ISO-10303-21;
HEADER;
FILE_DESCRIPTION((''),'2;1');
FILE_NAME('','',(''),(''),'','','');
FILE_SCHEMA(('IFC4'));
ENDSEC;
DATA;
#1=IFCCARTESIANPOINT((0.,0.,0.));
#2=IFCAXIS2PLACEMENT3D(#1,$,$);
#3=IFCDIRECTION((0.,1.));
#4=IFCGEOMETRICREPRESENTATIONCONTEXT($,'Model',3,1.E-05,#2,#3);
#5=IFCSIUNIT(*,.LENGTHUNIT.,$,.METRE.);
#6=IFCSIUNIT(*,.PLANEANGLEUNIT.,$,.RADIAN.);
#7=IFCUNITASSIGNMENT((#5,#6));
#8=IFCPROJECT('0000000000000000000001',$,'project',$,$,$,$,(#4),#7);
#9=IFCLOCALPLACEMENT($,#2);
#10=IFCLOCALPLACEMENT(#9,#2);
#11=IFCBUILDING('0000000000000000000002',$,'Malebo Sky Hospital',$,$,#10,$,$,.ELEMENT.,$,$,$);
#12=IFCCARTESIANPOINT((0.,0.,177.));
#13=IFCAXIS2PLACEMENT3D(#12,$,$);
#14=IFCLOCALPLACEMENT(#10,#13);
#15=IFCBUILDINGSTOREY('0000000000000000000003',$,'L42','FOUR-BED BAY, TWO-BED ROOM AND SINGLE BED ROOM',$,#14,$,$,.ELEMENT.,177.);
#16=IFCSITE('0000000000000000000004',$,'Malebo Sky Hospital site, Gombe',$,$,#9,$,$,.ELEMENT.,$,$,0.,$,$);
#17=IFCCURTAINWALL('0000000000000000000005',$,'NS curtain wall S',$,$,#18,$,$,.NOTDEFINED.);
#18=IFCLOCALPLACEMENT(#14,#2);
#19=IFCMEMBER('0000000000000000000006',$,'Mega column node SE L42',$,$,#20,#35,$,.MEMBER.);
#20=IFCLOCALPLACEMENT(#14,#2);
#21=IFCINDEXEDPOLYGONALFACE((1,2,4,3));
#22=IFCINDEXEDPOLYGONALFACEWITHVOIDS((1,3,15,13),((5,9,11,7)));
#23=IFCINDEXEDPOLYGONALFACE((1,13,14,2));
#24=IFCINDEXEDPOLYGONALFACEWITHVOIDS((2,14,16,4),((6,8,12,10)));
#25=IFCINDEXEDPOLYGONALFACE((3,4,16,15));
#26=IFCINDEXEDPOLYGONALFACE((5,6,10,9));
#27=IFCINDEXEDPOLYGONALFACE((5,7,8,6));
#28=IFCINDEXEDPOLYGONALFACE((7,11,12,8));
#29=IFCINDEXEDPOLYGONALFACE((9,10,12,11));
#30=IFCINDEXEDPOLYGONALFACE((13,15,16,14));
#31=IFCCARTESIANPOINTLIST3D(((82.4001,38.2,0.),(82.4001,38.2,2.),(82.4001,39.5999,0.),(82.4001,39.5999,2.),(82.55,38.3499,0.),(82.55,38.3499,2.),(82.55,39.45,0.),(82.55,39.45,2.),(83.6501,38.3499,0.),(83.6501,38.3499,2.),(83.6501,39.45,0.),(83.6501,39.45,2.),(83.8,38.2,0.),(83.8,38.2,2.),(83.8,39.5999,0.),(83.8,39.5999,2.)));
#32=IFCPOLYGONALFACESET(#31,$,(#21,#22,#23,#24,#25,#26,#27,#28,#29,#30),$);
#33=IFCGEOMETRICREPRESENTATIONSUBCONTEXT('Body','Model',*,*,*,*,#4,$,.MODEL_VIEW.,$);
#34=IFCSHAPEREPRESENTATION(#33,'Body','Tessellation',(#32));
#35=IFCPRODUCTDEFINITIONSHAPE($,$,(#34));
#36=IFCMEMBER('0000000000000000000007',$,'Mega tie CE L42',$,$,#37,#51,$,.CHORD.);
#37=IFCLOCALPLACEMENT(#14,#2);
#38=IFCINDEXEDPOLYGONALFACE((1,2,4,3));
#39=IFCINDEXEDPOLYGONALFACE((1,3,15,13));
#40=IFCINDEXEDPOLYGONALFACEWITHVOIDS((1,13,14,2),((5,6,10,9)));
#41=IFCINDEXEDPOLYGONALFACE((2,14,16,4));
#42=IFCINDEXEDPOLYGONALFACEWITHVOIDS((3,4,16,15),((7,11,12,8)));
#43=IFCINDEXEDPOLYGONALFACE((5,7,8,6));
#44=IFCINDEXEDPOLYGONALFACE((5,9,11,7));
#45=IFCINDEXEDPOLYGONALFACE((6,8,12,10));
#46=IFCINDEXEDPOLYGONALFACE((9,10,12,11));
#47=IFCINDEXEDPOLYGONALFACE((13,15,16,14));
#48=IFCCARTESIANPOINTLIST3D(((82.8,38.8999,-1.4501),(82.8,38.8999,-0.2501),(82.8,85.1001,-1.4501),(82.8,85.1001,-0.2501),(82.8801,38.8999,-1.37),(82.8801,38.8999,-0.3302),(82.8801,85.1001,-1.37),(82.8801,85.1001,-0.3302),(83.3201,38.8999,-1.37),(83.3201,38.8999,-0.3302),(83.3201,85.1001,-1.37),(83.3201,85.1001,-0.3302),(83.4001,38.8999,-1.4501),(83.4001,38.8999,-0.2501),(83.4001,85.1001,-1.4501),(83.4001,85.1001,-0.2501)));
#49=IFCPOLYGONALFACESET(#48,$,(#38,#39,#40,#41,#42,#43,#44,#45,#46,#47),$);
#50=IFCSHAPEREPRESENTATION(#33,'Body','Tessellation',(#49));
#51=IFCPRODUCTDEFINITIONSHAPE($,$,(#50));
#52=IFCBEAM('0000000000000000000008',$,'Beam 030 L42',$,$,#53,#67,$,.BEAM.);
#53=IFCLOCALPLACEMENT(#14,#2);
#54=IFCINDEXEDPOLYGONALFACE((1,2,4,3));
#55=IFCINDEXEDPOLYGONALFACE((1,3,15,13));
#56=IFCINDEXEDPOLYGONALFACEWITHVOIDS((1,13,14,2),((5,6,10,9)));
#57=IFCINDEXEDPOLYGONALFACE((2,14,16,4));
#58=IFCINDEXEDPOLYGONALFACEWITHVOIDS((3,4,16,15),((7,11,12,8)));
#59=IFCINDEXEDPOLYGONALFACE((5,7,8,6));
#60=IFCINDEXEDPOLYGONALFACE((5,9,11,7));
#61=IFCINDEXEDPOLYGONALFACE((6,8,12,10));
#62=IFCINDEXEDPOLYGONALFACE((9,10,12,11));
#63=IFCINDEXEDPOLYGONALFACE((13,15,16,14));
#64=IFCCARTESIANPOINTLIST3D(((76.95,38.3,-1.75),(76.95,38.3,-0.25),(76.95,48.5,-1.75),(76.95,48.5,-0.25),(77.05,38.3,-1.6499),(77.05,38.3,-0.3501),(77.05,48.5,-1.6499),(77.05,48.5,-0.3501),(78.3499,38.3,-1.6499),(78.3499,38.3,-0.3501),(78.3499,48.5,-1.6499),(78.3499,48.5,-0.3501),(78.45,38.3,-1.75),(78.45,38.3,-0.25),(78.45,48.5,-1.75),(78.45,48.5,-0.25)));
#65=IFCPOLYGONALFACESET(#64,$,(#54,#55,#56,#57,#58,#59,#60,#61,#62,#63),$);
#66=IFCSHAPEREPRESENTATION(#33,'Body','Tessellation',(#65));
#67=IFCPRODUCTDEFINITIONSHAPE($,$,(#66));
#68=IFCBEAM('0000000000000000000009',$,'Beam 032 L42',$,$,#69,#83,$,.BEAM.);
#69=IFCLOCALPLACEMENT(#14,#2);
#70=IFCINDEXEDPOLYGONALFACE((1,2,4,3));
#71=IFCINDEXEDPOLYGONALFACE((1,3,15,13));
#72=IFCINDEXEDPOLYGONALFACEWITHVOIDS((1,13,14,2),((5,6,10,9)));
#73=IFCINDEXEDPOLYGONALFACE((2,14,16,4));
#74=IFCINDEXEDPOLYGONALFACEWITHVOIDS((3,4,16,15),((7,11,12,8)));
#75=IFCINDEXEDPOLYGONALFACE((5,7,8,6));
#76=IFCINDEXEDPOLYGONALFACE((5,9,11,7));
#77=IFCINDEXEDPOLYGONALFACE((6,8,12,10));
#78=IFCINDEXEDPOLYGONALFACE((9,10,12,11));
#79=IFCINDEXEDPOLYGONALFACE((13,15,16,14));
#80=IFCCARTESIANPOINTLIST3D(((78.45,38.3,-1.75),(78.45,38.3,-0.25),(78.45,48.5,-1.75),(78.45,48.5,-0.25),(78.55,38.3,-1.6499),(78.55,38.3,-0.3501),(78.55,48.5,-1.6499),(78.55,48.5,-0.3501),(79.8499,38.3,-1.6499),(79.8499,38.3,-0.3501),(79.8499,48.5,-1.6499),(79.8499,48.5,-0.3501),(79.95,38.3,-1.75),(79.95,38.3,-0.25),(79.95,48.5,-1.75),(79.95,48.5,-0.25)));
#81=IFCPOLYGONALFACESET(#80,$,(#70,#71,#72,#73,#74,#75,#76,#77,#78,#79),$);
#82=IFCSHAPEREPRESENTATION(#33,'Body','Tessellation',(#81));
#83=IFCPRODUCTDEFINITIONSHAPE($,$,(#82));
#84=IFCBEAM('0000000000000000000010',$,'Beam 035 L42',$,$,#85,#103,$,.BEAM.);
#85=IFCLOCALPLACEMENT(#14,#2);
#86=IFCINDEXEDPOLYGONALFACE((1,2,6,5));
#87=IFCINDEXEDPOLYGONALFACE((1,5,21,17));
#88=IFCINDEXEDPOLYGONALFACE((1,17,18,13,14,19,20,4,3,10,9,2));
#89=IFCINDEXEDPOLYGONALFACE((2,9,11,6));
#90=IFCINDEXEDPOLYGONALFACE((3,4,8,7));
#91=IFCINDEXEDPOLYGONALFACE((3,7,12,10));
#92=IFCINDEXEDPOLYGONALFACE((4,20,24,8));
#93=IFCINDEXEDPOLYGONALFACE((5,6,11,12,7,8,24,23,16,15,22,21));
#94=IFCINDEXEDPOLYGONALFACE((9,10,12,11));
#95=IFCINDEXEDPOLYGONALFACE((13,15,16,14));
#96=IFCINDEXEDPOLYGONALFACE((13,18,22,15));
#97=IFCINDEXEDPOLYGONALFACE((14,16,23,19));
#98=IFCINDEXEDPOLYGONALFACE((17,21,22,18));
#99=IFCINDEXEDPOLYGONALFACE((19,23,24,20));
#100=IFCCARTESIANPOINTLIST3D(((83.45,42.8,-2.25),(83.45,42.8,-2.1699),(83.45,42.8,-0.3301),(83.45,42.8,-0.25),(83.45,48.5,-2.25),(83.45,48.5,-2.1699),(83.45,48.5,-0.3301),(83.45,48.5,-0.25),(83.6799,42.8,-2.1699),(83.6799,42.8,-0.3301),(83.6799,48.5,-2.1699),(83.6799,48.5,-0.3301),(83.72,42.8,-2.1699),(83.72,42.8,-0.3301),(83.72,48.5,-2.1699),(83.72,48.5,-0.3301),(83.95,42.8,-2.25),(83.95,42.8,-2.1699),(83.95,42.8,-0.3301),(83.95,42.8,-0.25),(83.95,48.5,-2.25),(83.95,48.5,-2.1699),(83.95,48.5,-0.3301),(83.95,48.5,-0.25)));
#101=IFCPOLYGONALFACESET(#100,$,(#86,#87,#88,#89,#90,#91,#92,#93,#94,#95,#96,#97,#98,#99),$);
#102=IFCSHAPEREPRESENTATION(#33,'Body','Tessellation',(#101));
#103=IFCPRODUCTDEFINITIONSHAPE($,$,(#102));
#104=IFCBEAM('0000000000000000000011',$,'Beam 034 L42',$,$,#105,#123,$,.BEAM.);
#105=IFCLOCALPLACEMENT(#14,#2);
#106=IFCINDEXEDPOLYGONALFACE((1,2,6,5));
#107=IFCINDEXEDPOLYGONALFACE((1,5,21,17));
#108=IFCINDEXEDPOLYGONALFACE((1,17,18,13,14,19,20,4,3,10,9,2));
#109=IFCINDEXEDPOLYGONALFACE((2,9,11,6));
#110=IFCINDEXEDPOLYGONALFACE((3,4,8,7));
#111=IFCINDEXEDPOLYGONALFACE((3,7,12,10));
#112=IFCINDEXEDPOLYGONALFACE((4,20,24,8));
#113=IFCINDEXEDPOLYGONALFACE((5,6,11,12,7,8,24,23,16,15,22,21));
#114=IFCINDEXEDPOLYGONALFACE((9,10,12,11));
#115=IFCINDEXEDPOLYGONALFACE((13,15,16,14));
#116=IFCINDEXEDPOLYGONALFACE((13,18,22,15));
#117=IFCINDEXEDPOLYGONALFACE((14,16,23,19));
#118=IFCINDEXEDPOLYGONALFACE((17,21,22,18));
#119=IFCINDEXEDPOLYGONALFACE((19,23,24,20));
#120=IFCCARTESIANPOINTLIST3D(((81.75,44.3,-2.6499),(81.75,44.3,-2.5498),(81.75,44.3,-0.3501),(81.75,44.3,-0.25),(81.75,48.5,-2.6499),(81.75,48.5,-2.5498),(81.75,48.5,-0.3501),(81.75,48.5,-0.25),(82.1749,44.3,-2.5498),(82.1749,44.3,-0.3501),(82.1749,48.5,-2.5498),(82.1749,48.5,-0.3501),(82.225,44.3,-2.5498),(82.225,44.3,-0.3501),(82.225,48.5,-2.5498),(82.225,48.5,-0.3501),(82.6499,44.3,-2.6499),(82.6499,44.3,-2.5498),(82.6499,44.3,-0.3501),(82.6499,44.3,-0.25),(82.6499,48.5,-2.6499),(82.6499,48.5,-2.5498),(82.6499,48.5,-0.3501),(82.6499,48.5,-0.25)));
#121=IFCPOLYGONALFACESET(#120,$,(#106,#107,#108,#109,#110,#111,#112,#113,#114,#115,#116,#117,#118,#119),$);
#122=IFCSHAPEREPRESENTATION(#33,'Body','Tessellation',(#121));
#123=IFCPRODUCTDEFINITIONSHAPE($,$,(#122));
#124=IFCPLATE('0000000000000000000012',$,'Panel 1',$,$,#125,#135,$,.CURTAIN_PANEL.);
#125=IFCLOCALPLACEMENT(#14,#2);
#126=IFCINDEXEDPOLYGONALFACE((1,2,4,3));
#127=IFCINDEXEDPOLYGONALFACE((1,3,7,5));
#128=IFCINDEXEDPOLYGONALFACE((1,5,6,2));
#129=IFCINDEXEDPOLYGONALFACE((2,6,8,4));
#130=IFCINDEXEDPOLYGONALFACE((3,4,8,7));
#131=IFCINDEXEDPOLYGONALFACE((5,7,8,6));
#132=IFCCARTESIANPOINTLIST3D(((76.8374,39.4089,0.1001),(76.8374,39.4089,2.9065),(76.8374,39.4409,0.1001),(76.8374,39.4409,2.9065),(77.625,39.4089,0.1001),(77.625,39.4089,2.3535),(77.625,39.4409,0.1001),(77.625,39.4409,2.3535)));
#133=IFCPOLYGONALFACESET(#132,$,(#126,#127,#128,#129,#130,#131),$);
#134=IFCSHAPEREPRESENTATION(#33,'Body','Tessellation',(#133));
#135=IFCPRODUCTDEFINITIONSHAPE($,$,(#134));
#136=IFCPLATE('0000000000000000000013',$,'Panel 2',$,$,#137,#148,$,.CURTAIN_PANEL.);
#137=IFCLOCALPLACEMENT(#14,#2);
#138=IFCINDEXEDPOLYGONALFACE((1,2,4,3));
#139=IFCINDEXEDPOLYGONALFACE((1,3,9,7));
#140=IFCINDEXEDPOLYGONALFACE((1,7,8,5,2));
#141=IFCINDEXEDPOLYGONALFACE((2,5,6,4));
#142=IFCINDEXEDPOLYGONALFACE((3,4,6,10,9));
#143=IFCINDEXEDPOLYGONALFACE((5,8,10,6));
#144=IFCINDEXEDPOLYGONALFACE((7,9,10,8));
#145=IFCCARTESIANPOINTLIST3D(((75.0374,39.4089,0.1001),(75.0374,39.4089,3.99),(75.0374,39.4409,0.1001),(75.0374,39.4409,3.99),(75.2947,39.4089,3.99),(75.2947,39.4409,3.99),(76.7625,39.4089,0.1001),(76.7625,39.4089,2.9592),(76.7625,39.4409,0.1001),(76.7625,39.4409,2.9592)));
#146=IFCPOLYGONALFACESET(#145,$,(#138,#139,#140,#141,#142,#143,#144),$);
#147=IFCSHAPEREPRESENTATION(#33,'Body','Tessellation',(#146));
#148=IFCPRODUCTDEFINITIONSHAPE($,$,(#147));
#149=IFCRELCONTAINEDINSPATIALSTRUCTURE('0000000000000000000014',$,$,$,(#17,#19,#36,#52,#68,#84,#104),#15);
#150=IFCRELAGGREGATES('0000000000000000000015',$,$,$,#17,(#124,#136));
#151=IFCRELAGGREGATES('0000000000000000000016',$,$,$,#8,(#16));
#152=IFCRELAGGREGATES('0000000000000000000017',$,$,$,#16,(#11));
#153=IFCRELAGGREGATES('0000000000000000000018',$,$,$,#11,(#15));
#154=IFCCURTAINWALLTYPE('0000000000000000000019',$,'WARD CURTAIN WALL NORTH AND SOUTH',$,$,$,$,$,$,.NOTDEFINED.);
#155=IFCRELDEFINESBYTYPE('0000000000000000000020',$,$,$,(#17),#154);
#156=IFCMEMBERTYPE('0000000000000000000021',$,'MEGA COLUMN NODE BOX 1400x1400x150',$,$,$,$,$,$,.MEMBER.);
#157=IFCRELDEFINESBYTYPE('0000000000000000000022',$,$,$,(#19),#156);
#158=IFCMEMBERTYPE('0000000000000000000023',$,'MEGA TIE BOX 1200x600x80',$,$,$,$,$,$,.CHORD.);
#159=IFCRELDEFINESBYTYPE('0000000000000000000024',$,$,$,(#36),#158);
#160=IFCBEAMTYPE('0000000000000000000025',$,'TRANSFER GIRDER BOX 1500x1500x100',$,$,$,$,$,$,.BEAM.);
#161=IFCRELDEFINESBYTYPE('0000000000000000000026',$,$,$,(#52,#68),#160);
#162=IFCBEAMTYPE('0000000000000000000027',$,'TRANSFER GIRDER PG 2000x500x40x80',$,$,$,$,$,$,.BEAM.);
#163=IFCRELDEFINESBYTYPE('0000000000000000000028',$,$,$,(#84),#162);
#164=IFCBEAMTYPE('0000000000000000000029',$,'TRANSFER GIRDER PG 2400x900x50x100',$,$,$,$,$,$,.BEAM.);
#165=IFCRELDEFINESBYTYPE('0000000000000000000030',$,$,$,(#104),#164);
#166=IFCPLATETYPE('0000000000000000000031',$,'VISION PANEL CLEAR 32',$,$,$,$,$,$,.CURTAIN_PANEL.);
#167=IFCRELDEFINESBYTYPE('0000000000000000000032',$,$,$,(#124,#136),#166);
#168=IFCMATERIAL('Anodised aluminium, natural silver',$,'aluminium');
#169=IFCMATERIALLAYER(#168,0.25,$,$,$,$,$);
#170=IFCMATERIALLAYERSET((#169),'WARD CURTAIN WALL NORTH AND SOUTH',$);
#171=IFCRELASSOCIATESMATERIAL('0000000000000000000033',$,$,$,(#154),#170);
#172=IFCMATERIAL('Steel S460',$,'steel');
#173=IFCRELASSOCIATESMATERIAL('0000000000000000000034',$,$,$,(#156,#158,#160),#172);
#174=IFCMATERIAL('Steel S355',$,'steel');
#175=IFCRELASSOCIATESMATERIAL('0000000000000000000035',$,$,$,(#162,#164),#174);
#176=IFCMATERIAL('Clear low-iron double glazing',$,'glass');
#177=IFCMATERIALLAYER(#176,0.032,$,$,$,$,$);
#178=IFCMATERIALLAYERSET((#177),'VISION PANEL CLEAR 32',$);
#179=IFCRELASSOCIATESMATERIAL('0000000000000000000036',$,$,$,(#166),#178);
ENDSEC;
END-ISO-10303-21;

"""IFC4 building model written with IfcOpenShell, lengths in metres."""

from ifc_helpers import new_model, si_unit, direction, frame, origin, origin_2d, place, context, subcontext, project, spatial, polyline, hollow_rectangle, i_section, outline, extrude, material, layer, layer_set, material_profile, profile_set, type_object, element, aggregate, save


model = new_model("IFC4")

# Units and contexts
model_context = context("Model", 3, precision=1e-05, world=origin(), true_north=direction((0.0, 1.0)))
body_context = subcontext(model_context, "Body", "Model", "MODEL_VIEW")
ifc_project = project(units=[si_unit("LENGTHUNIT", "METRE"), si_unit("PLANEANGLEUNIT", "RADIAN")], contexts=[model_context])

# Site, building, storey
site_placement = place(None, origin())
site = spatial("IfcSite", under=ifc_project, at=site_placement, Name="Malebo Sky Hospital site, Gombe", CompositionType="ELEMENT", RefElevation=0.0)
building_placement = place(site_placement, origin())
building = spatial("IfcBuilding", under=site, at=building_placement, Name="Malebo Sky Hospital", CompositionType="ELEMENT")
storey_placement = place(building_placement, frame((0.0, 0.0, 177.0)))
storey = spatial("IfcBuildingStorey", under=building, at=storey_placement, Name="L42", Description="FOUR-BED BAY, TWO-BED ROOM AND SINGLE BED ROOM", CompositionType="ELEMENT", Elevation=177.0)

# Shared definitions
ifc_material_1 = material(Name="Steel S460", Category="steel")

# Curtain wall
ifc_material_2 = material(Name="Anodised aluminium, natural silver", Category="aluminium")
ifc_layer_1 = layer(ifc_material_2, 0.25)
ifc_layer_set_1 = layer_set([ifc_layer_1], Name="WARD CURTAIN WALL NORTH AND SOUTH")
curtain_wall_type_1 = type_object("IfcCurtainWallType", Name="WARD CURTAIN WALL NORTH AND SOUTH", PredefinedType="NOTDEFINED", material=ifc_layer_set_1)
curtain_wall_1_placement = place(storey_placement, origin())
curtain_wall_1 = element("IfcCurtainWall", 1, at=curtain_wall_1_placement, inside=storey, type_object=curtain_wall_type_1, Name="NS curtain wall S", PredefinedType="NOTDEFINED")

# Members
ifc_material_profile_1 = material_profile(ifc_material_1, hollow_rectangle(XDim=1.3999, YDim=1.3999, WallThickness=0.1499, at=origin_2d()), Name="BOX 1400x1400x150")
ifc_profile_set_1 = profile_set([ifc_material_profile_1], Name="Steel S460")
member_type_1 = type_object("IfcMemberType", Name="MEGA COLUMN NODE BOX 1400x1400x150", PredefinedType="MEMBER", material=ifc_profile_set_1)
member_1_placement = place(storey_placement, frame((83.1001, 38.8999, 0.0), z_axis=(0.0, 0.0, 1.0), x_axis=(1.0, 0.0, 0.0)))
element("IfcMember", 2, at=member_1_placement, inside=storey, type_object=member_type_1, Name="Mega column node SE L42", PredefinedType="MEMBER", context=body_context, shape_type="SweptSolid", body=[
    extrude(hollow_rectangle(XDim=1.3999, YDim=1.3999, WallThickness=0.1499, at=origin_2d()), origin(), (0.0, 0.0, 1.0), 2.0),
])
ifc_material_profile_2 = material_profile(ifc_material_1, hollow_rectangle(XDim=0.6001, YDim=1.2, WallThickness=0.0801, at=origin_2d()), Name="BOX 1200x600x80")
ifc_profile_set_2 = profile_set([ifc_material_profile_2], Name="Steel S460")
member_type_2 = type_object("IfcMemberType", Name="MEGA TIE BOX 1200x600x80", PredefinedType="CHORD", material=ifc_profile_set_2)
member_2_placement = place(storey_placement, frame((83.1001, 38.8999, -0.8501), z_axis=(0.0, 1.0, 0.0), x_axis=(-1.0, 0.0, 0.0)))
element("IfcMember", 3, at=member_2_placement, inside=storey, type_object=member_type_2, Name="Mega tie CE L42", PredefinedType="CHORD", context=body_context, shape_type="SweptSolid", body=[
    extrude(hollow_rectangle(XDim=0.6001, YDim=1.2, WallThickness=0.0801, at=origin_2d()), origin(), (0.0, 0.0, 1.0), 46.2002),
])

# Beams
ifc_material_profile_3 = material_profile(ifc_material_1, hollow_rectangle(XDim=1.5, YDim=1.5, WallThickness=0.1001, at=origin_2d()), Name="BOX 1500x1500x100")
ifc_profile_set_3 = profile_set([ifc_material_profile_3], Name="Steel S460")
beam_type_1 = type_object("IfcBeamType", Name="TRANSFER GIRDER BOX 1500x1500x100", PredefinedType="BEAM", material=ifc_profile_set_3)
for number, where, z_axis, x_axis, name in (
    (4, (77.7, 38.3, -1.0), (0.0, 1.0, 0.0), (-1.0, 0.0, 0.0), "Beam 030 L42"),
    (5, (79.2, 38.3, -1.0), (0.0, 1.0, 0.0), (-1.0, 0.0, 0.0), "Beam 032 L42"),
):
    element("IfcBeam", number, at=place(storey_placement, frame(where, z_axis=z_axis, x_axis=x_axis)), inside=storey, type_object=beam_type_1, Name=name, PredefinedType="BEAM", context=body_context, shape_type="SweptSolid", body=[
        extrude(hollow_rectangle(XDim=1.5, YDim=1.5, WallThickness=0.1001, at=origin_2d()), origin(), (0.0, 0.0, 1.0), 10.2),
    ])
ifc_material_3 = material(Name="Steel S355", Category="steel")
ifc_material_profile_4 = material_profile(ifc_material_3, i_section(OverallWidth=0.5, OverallDepth=2.0, WebThickness=0.04, FlangeThickness=0.0801, at=origin_2d()), Name="PG 2000x500x40x80")
ifc_profile_set_4 = profile_set([ifc_material_profile_4], Name="Steel S355")
beam_type_2 = type_object("IfcBeamType", Name="TRANSFER GIRDER PG 2000x500x40x80", PredefinedType="BEAM", material=ifc_profile_set_4)
beam_1_placement = place(storey_placement, frame((83.7, 42.8, -1.25), z_axis=(0.0, 1.0, 0.0), x_axis=(-1.0, 0.0, 0.0)))
element("IfcBeam", 6, at=beam_1_placement, inside=storey, type_object=beam_type_2, Name="Beam 035 L42", PredefinedType="BEAM", context=body_context, shape_type="SweptSolid", body=[
    extrude(i_section(OverallWidth=0.5, OverallDepth=2.0, WebThickness=0.04, FlangeThickness=0.0801, at=origin_2d()), origin(), (0.0, 0.0, 1.0), 5.7),
])
ifc_material_profile_5 = material_profile(ifc_material_3, i_section(OverallWidth=0.8999, OverallDepth=2.3999, WebThickness=0.05, FlangeThickness=0.1001, at=origin_2d()), Name="PG 2400x900x50x100")
ifc_profile_set_5 = profile_set([ifc_material_profile_5], Name="Steel S355")
beam_type_3 = type_object("IfcBeamType", Name="TRANSFER GIRDER PG 2400x900x50x100", PredefinedType="BEAM", material=ifc_profile_set_5)
beam_2_placement = place(storey_placement, frame((82.2, 44.3, -1.45), z_axis=(0.0, 1.0, 0.0), x_axis=(-1.0, 0.0, 0.0)))
element("IfcBeam", 7, at=beam_2_placement, inside=storey, type_object=beam_type_3, Name="Beam 034 L42", PredefinedType="BEAM", context=body_context, shape_type="SweptSolid", body=[
    extrude(i_section(OverallWidth=0.8999, OverallDepth=2.3999, WebThickness=0.05, FlangeThickness=0.1001, at=origin_2d()), origin(), (0.0, 0.0, 1.0), 4.2),
])

# Plates
ifc_material_4 = material(Name="Clear low-iron double glazing", Category="glass")
ifc_layer_2 = layer(ifc_material_4, 0.032)
ifc_layer_set_2 = layer_set([ifc_layer_2], Name="VISION PANEL CLEAR 32")
plate_type = type_object("IfcPlateType", Name="VISION PANEL CLEAR 32", PredefinedType="CURTAIN_PANEL", material=ifc_layer_set_2)
plate_1_placement = place(storey_placement, frame((77.2312, 39.425, 0.1001), z_axis=(0.0, 0.0, 1.0), x_axis=(-1.0, 0.0, 0.0)))
plate_1 = element("IfcPlate", 8, at=plate_1_placement, type_object=plate_type, Name="Panel 1", PredefinedType="CURTAIN_PANEL", context=body_context, shape_type="SweptSolid", body=[
    extrude(outline(polyline([(-0.3938, 0.0), (0.3938, 0.0), (0.3938, 2.8064), (-0.3938, 2.2534), (-0.3938, 0.0)])), frame((0.0, 0.0161, 0.0), z_axis=(0.0, -1.0, 0.0), x_axis=(1.0, 0.0, 0.0)), (0.0, 0.0, 1.0), 0.032),
])
plate_2_placement = place(storey_placement, frame((75.8999, 39.425, 0.1001), z_axis=(0.0, 0.0, 1.0), x_axis=(-1.0, 0.0, 0.0)))
plate_2 = element("IfcPlate", 9, at=plate_2_placement, type_object=plate_type, Name="Panel 2", PredefinedType="CURTAIN_PANEL", context=body_context, shape_type="SweptSolid", body=[
    extrude(outline(polyline([(-0.8625, 0.0), (0.8625, 0.0), (0.8625, 3.8899), (0.6052, 3.8899), (-0.8625, 2.8591), (-0.8625, 0.0)])), frame((0.0, 0.0161, 0.0), z_axis=(0.0, -1.0, 0.0), x_axis=(1.0, 0.0, 0.0)), (0.0, 0.0, 1.0), 0.032),
])
aggregate(curtain_wall_1, [plate_1, plate_2])

save(model, "model.ifc")
